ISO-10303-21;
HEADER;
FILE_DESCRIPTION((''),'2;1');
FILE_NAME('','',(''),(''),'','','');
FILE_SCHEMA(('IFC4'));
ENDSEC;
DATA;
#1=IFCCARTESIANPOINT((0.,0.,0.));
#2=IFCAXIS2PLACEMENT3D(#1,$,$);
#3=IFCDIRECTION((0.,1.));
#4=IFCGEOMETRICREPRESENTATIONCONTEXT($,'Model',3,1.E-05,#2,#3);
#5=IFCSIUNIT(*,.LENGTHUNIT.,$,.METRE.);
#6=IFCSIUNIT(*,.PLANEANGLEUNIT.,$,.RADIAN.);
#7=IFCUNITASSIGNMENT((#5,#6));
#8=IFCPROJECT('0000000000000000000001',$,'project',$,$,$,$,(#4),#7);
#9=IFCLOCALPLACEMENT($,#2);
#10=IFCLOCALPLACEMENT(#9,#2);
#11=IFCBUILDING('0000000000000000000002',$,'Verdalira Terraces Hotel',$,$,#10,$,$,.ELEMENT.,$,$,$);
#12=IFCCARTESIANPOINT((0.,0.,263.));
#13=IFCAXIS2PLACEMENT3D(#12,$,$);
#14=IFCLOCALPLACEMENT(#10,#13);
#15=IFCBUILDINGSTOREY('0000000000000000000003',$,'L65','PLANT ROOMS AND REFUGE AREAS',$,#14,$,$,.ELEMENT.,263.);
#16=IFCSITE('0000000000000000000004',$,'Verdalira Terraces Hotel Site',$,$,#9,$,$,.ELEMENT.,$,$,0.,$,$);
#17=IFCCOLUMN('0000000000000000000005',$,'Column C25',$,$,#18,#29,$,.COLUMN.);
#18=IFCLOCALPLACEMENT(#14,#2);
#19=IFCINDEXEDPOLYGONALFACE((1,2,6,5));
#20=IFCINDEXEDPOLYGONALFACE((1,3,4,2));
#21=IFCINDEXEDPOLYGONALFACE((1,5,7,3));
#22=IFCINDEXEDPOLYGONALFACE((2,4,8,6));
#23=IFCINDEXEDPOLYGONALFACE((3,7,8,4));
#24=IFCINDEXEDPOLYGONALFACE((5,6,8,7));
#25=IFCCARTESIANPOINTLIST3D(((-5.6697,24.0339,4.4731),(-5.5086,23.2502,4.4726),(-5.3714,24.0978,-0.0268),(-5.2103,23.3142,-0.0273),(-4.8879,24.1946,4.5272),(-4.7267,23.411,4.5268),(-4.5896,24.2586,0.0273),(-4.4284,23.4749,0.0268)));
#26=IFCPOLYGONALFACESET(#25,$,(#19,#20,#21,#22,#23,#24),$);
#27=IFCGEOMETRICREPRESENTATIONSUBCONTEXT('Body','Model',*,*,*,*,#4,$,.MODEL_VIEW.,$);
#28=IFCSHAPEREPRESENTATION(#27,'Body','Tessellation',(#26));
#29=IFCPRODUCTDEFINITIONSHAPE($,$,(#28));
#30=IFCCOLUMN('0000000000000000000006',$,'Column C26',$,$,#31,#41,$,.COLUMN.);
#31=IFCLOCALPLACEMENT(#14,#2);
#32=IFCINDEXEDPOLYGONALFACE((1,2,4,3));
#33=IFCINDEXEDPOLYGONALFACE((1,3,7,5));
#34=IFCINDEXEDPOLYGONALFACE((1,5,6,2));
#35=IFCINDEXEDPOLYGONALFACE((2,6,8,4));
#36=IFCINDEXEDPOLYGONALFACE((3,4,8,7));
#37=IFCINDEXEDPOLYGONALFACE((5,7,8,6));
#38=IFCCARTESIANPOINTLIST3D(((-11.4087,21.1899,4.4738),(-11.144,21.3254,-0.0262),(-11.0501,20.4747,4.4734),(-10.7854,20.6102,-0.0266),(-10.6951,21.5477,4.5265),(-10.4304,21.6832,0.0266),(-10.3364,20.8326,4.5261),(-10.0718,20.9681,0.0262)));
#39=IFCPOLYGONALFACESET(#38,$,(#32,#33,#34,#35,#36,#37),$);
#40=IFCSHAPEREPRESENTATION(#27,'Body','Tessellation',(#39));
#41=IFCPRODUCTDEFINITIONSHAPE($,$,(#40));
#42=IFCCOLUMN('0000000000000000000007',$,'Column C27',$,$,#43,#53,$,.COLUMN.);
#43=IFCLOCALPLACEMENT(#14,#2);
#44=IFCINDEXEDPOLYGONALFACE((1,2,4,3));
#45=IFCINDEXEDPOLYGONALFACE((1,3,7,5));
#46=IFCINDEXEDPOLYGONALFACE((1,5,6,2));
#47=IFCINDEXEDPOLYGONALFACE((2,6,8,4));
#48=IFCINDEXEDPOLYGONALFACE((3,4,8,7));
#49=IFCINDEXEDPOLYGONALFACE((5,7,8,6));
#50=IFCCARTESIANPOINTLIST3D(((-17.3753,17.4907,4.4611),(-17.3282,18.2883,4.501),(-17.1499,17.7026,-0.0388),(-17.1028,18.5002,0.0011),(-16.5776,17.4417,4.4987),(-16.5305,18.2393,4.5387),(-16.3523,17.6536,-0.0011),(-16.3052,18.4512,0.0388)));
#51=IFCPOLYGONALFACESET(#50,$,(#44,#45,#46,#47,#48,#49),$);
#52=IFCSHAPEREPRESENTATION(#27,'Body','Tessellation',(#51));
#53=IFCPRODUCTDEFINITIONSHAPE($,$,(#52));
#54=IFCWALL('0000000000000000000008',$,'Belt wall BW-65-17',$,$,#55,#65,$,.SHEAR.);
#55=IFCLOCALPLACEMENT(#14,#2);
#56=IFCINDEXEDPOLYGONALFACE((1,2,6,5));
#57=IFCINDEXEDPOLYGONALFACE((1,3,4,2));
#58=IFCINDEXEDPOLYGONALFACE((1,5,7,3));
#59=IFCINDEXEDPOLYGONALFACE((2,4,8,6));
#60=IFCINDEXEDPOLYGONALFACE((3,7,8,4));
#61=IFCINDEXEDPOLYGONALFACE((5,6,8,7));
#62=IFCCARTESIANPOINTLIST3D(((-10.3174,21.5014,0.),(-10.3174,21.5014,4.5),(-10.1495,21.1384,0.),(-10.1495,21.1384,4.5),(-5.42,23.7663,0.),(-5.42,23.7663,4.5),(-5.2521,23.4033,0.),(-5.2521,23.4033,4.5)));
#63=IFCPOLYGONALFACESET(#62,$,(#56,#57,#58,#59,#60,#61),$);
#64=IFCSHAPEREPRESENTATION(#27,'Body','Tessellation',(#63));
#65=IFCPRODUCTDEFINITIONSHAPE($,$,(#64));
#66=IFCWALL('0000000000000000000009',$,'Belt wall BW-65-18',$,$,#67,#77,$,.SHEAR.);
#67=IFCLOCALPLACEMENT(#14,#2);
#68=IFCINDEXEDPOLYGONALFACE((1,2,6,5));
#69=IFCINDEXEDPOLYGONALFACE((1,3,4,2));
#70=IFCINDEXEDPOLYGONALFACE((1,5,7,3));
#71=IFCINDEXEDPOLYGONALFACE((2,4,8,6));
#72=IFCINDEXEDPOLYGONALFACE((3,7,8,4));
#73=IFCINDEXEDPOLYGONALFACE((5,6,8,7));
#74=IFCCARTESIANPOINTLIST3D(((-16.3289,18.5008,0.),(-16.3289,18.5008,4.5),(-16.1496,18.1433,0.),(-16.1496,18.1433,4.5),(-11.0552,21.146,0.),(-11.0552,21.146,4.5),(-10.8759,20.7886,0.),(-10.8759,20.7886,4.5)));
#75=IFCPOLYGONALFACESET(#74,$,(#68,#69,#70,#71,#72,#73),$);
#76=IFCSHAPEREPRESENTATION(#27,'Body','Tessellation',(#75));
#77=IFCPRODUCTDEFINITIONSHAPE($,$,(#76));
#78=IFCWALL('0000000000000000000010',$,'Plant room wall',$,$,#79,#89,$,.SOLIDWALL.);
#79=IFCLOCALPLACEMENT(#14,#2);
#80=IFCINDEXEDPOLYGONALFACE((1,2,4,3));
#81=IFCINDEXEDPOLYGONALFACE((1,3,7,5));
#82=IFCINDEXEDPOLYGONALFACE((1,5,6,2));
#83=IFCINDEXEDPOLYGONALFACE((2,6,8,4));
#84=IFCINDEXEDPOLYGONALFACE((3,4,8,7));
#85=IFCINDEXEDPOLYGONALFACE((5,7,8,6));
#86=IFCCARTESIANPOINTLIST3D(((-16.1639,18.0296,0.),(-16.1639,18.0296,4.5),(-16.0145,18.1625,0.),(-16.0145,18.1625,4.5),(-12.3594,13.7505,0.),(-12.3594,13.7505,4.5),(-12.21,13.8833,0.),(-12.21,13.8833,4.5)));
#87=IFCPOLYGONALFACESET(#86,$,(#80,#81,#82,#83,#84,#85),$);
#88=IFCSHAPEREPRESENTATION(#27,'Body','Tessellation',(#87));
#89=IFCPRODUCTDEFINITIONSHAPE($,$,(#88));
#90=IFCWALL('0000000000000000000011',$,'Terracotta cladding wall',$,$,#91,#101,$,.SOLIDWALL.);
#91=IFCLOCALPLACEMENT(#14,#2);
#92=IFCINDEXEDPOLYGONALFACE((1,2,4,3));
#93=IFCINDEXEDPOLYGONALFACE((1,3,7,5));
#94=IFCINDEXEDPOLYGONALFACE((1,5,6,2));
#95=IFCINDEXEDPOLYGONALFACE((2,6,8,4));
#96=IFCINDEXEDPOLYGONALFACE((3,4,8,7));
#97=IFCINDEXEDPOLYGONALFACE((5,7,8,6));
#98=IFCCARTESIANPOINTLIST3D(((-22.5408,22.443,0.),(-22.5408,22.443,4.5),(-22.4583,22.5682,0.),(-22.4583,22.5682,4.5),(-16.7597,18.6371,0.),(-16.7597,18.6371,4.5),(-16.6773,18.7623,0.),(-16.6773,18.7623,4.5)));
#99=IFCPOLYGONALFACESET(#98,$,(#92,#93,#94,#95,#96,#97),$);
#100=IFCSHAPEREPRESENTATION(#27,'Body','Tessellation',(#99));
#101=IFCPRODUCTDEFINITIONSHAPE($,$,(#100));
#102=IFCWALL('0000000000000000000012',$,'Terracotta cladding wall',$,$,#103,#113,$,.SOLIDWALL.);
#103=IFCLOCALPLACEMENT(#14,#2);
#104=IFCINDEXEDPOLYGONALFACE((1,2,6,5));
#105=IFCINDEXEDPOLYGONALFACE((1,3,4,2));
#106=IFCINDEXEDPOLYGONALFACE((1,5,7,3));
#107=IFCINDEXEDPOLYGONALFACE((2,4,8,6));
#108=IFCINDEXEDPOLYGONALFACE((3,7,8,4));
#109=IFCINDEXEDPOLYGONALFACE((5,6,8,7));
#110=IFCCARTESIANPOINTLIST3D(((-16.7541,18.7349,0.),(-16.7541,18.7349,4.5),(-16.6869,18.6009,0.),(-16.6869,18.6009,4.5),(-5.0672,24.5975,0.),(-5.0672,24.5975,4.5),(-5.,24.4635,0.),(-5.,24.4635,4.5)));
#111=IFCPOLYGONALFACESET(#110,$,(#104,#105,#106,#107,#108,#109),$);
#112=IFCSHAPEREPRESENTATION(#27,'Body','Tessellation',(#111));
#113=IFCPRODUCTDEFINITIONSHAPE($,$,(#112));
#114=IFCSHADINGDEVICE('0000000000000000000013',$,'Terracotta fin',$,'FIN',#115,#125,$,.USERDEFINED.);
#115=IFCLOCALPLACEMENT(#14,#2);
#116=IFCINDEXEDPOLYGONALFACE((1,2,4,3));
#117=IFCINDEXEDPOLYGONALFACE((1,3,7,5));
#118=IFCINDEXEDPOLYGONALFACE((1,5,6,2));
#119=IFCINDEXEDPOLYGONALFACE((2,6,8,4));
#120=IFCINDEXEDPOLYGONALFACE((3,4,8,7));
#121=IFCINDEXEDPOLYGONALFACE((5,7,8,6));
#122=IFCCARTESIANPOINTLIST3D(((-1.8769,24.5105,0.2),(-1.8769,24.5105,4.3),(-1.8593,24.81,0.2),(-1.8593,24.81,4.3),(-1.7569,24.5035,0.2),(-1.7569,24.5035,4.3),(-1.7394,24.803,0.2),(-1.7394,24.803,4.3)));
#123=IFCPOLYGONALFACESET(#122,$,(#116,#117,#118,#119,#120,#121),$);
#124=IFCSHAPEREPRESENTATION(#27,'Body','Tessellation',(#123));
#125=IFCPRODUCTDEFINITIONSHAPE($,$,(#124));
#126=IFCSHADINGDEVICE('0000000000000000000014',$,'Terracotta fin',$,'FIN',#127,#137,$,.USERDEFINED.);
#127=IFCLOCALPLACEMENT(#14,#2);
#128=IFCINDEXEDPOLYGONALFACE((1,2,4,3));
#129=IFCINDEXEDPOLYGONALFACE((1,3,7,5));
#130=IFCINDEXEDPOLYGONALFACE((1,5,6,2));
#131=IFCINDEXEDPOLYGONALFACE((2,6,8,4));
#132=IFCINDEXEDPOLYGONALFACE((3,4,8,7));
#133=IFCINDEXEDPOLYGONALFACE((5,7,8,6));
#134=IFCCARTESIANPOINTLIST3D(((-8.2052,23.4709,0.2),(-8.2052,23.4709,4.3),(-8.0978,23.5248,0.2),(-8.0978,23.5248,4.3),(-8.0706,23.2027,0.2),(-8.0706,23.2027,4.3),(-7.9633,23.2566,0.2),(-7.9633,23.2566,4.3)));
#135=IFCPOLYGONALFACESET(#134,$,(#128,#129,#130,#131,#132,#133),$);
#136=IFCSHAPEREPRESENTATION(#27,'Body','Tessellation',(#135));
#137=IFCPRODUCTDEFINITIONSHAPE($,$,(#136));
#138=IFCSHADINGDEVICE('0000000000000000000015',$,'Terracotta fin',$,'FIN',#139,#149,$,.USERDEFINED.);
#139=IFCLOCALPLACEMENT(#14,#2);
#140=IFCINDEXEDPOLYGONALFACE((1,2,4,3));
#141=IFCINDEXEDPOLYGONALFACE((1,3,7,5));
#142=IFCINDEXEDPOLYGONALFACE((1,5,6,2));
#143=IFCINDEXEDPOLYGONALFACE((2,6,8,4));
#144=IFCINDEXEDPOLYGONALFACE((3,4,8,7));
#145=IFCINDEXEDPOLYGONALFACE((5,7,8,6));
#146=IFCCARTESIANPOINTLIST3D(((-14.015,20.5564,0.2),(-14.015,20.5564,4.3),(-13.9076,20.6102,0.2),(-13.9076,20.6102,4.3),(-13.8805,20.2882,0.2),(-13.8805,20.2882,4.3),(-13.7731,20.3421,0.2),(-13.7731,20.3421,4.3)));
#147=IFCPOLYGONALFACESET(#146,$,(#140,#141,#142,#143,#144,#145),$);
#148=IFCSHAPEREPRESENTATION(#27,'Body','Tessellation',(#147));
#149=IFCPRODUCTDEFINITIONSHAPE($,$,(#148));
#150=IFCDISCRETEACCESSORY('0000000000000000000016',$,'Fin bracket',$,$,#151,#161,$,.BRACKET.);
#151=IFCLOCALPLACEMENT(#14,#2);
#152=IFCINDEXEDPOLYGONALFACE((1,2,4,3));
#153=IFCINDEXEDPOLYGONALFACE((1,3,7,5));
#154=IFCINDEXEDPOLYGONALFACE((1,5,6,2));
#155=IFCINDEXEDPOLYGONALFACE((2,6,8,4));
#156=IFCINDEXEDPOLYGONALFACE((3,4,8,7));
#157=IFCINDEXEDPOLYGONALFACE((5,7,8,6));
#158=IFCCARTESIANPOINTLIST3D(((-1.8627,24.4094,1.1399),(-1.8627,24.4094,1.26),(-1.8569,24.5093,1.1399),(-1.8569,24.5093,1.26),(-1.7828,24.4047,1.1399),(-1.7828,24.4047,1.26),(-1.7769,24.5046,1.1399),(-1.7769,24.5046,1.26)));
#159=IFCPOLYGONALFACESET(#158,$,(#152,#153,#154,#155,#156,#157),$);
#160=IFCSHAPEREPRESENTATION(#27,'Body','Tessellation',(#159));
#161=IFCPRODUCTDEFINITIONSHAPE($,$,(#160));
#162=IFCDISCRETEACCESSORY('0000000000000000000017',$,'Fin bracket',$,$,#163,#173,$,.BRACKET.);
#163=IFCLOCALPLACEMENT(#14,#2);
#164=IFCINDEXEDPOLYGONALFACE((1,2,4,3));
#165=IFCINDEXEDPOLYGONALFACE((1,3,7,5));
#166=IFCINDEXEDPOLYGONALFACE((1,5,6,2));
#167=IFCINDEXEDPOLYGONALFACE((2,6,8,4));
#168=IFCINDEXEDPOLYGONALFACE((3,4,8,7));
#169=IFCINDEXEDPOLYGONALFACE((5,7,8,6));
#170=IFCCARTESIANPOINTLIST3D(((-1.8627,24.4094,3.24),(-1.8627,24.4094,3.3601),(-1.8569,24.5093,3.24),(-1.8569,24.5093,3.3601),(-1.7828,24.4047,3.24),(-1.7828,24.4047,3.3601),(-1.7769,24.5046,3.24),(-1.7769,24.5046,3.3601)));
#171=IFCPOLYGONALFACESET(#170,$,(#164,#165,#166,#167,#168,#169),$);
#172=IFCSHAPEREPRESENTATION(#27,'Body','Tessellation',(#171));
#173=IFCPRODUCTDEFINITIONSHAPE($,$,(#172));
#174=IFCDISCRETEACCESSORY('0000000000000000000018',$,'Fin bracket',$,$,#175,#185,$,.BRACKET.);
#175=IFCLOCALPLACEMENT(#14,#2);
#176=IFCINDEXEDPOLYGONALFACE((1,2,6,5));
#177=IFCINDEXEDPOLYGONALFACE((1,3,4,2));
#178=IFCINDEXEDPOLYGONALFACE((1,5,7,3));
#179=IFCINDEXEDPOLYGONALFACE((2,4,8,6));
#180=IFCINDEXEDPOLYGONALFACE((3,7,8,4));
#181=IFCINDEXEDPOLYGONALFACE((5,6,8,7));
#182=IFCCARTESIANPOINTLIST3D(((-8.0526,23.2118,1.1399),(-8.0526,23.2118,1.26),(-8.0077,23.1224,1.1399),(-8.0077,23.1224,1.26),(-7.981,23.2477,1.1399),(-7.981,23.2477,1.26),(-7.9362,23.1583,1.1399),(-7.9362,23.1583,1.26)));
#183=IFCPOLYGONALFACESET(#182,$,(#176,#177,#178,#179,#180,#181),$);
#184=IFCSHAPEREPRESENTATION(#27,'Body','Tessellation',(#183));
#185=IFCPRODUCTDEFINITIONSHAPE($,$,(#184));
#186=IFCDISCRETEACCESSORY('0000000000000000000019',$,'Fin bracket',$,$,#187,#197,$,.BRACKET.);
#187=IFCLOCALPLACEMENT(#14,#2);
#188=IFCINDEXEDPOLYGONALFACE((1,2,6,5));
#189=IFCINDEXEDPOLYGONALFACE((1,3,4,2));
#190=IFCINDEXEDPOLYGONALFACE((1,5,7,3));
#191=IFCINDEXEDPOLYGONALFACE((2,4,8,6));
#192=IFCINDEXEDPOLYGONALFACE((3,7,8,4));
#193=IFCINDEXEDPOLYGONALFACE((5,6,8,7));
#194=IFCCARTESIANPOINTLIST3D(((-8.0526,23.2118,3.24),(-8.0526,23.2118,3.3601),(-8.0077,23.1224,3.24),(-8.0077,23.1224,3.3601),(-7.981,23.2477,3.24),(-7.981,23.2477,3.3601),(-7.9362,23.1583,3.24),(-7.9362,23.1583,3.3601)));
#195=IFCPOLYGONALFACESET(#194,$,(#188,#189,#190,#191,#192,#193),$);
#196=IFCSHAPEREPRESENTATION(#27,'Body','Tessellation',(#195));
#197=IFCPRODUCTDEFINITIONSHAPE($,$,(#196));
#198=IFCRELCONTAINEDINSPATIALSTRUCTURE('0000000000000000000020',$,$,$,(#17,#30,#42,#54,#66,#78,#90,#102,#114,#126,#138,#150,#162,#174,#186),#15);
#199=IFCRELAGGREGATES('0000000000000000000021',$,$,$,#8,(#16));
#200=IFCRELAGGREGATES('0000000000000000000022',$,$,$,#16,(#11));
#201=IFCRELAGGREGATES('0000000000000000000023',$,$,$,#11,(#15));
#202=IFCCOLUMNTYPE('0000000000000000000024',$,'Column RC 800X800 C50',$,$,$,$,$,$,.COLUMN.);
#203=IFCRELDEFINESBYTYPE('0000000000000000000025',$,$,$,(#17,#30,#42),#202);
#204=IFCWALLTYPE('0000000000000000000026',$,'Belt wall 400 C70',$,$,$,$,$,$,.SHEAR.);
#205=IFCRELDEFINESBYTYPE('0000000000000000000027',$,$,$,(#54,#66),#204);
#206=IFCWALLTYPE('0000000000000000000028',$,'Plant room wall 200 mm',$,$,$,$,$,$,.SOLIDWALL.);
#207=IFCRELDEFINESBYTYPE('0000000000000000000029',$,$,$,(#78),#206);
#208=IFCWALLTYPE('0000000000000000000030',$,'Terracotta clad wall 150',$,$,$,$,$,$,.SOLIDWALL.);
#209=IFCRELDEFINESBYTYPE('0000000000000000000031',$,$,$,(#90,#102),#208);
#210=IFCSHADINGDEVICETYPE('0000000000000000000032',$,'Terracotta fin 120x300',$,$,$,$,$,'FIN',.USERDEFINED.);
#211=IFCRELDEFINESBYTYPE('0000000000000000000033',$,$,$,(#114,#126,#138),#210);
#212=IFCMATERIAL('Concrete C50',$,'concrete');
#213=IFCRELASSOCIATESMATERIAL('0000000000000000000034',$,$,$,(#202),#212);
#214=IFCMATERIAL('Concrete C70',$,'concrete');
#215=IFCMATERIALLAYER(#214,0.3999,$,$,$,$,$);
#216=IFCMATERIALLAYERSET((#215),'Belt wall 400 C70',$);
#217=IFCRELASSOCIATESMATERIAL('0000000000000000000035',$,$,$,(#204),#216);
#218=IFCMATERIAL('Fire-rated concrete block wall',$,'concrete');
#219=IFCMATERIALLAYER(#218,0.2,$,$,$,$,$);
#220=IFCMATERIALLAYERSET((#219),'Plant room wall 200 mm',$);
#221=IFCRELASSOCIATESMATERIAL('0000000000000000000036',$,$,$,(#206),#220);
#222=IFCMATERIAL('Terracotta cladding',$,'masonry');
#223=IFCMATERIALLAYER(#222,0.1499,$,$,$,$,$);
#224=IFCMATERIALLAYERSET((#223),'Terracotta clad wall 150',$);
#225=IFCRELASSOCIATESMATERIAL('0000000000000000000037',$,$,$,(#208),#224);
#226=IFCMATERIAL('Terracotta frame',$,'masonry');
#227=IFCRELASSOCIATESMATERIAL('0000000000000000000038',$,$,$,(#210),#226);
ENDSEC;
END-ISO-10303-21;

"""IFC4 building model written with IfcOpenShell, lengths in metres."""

from ifc_helpers import new_model, si_unit, direction, frame, frame_2d, origin, origin_2d, place, context, subcontext, project, spatial, rectangle, extrude, material, layer, layer_set, material_profile, profile_set, type_object, element, save


model = new_model("IFC4")

# Units and contexts
model_context = context("Model", 3, precision=1e-05, world=origin(), true_north=direction((0.0, 1.0)))
body_context = subcontext(model_context, "Body", "Model", "MODEL_VIEW")
ifc_project = project(units=[si_unit("LENGTHUNIT", "METRE"), si_unit("PLANEANGLEUNIT", "RADIAN")], contexts=[model_context])

# Site, building, storey
site_placement = place(None, origin())
site = spatial("IfcSite", under=ifc_project, at=site_placement, Name="Verdalira Terraces Hotel Site", CompositionType="ELEMENT", RefElevation=0.0)
building_placement = place(site_placement, origin())
building = spatial("IfcBuilding", under=site, at=building_placement, Name="Verdalira Terraces Hotel", CompositionType="ELEMENT")
storey_placement = place(building_placement, frame((0.0, 0.0, 263.0)))
storey = spatial("IfcBuildingStorey", under=building, at=storey_placement, Name="L65", Description="PLANT ROOMS AND REFUGE AREAS", CompositionType="ELEMENT", Elevation=263.0)

# Columns
ifc_material_1 = material(Name="Concrete C50", Category="concrete")
ifc_material_profile_1 = material_profile(ifc_material_1, rectangle(XDim=0.8, YDim=0.8, at=origin_2d()), Name="RC 800X800")
ifc_profile_set_1 = profile_set([ifc_material_profile_1], Name="Concrete C50")
column_type = type_object("IfcColumnType", Name="Column RC 800X800 C50", PredefinedType="COLUMN", material=ifc_profile_set_1)
column_1_placement = place(storey_placement, frame((-4.8999, 23.7864, 0.0), z_axis=(-0.066146, -0.014182, 0.997709), x_axis=(0.977265, 0.200941, 0.067647)))
element("IfcColumn", 1, at=column_1_placement, inside=storey, type_object=column_type, Name="Column C25", PredefinedType="COLUMN", context=body_context, shape_type="SweptSolid", body=[
    extrude(rectangle(XDim=0.8, YDim=0.8, at=origin_2d()), origin(), (0.0, 0.0, 1.0), 4.5103),
])
column_2_placement = place(storey_placement, frame((-10.6079, 21.1467, 0.0), z_axis=(-0.058683, -0.030045, 0.997824), x_axis=(-0.891975, -0.447253, -0.065925)))
element("IfcColumn", 2, at=column_2_placement, inside=storey, type_object=column_type, Name="Column C26", PredefinedType="COLUMN", context=body_context, shape_type="SweptSolid", body=[
    extrude(rectangle(XDim=0.8, YDim=0.8, at=origin_2d()), origin(), (0.0, 0.0, 1.0), 4.5098),
])
column_3_placement = place(storey_placement, frame((-16.7275, 18.0769, 0.0), z_axis=(-0.049958, -0.046981, 0.997646), x_axis=(0.997015, -0.061217, 0.047044)))
element("IfcColumn", 3, at=column_3_placement, inside=storey, type_object=column_type, Name="Column C27", PredefinedType="COLUMN", context=body_context, shape_type="SweptSolid", body=[
    extrude(rectangle(XDim=0.8, YDim=0.8, at=origin_2d()), origin(), (0.0, 0.0, 1.0), 4.5105),
])

# Walls
ifc_material_2 = material(Name="Concrete C70", Category="concrete")
ifc_layer_1 = layer(ifc_material_2, 0.3999)
ifc_layer_set_1 = layer_set([ifc_layer_1], Name="Belt wall 400 C70")
wall_type_1 = type_object("IfcWallType", Name="Belt wall 400 C70", PredefinedType="SHEAR", material=ifc_layer_set_1)
wall_1_placement = place(storey_placement, frame((-5.3362, 23.5847, 0.0), z_axis=(0.0, 0.0, 1.0), x_axis=(-0.90764, -0.41975, 0.0)))
element("IfcWall", 4, at=wall_1_placement, inside=storey, type_object=wall_type_1, Name="Belt wall BW-65-17", PredefinedType="SHEAR", context=body_context, shape_type="SweptSolid", body=[
    extrude(rectangle(XDim=5.3958, YDim=0.3999, at=frame_2d((2.6978, 0.0))), origin(), (0.0, 0.0, 1.0), 4.5),
])
wall_2_placement = place(storey_placement, frame((-10.9656, 20.9673, 0.0), z_axis=(0.0, 0.0, 1.0), x_axis=(-0.893855, -0.448355, 0.0)))
element("IfcWall", 5, at=wall_2_placement, inside=storey, type_object=wall_type_1, Name="Belt wall BW-65-18", PredefinedType="SHEAR", context=body_context, shape_type="SweptSolid", body=[
    extrude(rectangle(XDim=5.8999, YDim=0.3999, at=frame_2d((2.95, 0.0))), origin(), (0.0, 0.0, 1.0), 4.5),
])
ifc_material_3 = material(Name="Fire-rated concrete block wall", Category="concrete")
ifc_layer_2 = layer(ifc_material_3, 0.2)
ifc_layer_set_2 = layer_set([ifc_layer_2], Name="Plant room wall 200 mm")
wall_type_2 = type_object("IfcWallType", Name="Plant room wall 200 mm", PredefinedType="SOLIDWALL", material=ifc_layer_set_2)
wall_3_placement = place(storey_placement, frame((-16.0891, 18.0959, 0.0), z_axis=(0.0, 0.0, 1.0), x_axis=(0.664446, -0.747336, 0.0)))
element("IfcWall", 6, at=wall_3_placement, inside=storey, type_object=wall_type_2, Name="Plant room wall", PredefinedType="SOLIDWALL", context=body_context, shape_type="SweptSolid", body=[
    extrude(rectangle(XDim=5.7258, YDim=0.2, at=frame_2d((2.8628, 0.0))), origin(), (0.0, 0.0, 1.0), 4.5),
])
ifc_material_4 = material(Name="Terracotta cladding", Category="masonry")
ifc_layer_3 = layer(ifc_material_4, 0.1499)
ifc_layer_set_3 = layer_set([ifc_layer_3], Name="Terracotta clad wall 150")
wall_type_3 = type_object("IfcWallType", Name="Terracotta clad wall 150", PredefinedType="SOLIDWALL", material=ifc_layer_set_3)
wall_4_placement = place(storey_placement, frame((-16.7185, 18.6997, 0.0), z_axis=(0.0, 0.0, 1.0), x_axis=(-0.835244, 0.54988, 0.0)))
element("IfcWall", 7, at=wall_4_placement, inside=storey, type_object=wall_type_3, Name="Terracotta cladding wall", PredefinedType="SOLIDWALL", context=body_context, shape_type="SweptSolid", body=[
    extrude(rectangle(XDim=6.9214, YDim=0.1499, at=frame_2d((3.4607, 0.0))), origin(), (0.0, 0.0, 1.0), 4.5),
])
wall_5_placement = place(storey_placement, frame((-5.0334, 24.5305, 0.0), z_axis=(0.0, 0.0, 1.0), x_axis=(-0.893844, -0.448378, 0.0)))
element("IfcWall", 8, at=wall_5_placement, inside=storey, type_object=wall_type_3, Name="Terracotta cladding wall", PredefinedType="SOLIDWALL", context=body_context, shape_type="SweptSolid", body=[
    extrude(rectangle(XDim=13.075, YDim=0.1499, at=frame_2d((6.5376, 0.0))), origin(), (0.0, 0.0, 1.0), 4.5),
])

# Shading devices
ifc_material_5 = material(Name="Terracotta frame", Category="masonry")
ifc_material_profile_2 = material_profile(ifc_material_5, rectangle(XDim=0.1201, YDim=0.3, at=origin_2d()), Name="FIN 120x300")
ifc_profile_set_2 = profile_set([ifc_material_profile_2], Name="Terracotta frame")
shading_device_type = type_object("IfcShadingDeviceType", Name="Terracotta fin 120x300", ElementType="FIN", PredefinedType="USERDEFINED", material=ifc_profile_set_2)
for number, where, z_axis, x_axis, name in (
    (9, (-1.8081, 24.6567, 0.2), (0.0, 0.0, 1.0), (-0.998281, 0.058609, 0.0), "Terracotta fin"),
    (10, (-8.0842, 23.3638, 0.2), (0.0, 0.0, 1.0), (-0.893841, -0.448383, 0.0), "Terracotta fin"),
    (11, (-13.894, 20.4492, 0.2), (0.0, 0.0, 1.0), (-0.893841, -0.448383, 0.0), "Terracotta fin"),
):
    element("IfcShadingDevice", number, at=place(storey_placement, frame(where, z_axis=z_axis, x_axis=x_axis)), inside=storey, type_object=shading_device_type, Name=name, ObjectType="FIN", PredefinedType="USERDEFINED", context=body_context, shape_type="SweptSolid", body=[
        extrude(rectangle(XDim=0.1201, YDim=0.3, at=origin_2d()), origin(), (0.0, 0.0, 1.0), 4.1001),
    ])

# Discrete accessories
for number, where, z_axis, x_axis, name in (
    (12, (-1.8198, 24.457, 1.1399), (0.0, 0.0, 1.0), (-0.998281, 0.058609, 0.0), "Fin bracket"),
    (13, (-1.8198, 24.457, 3.24), (0.0, 0.0, 1.0), (-0.998281, 0.058609, 0.0), "Fin bracket"),
    (14, (-7.9944, 23.1851, 1.1399), (0.0, 0.0, 1.0), (-0.893841, -0.448383, 0.0), "Fin bracket"),
    (15, (-7.9944, 23.1851, 3.24), (0.0, 0.0, 1.0), (-0.893841, -0.448383, 0.0), "Fin bracket"),
):
    element("IfcDiscreteAccessory", number, at=place(storey_placement, frame(where, z_axis=z_axis, x_axis=x_axis)), inside=storey, Name=name, PredefinedType="BRACKET", context=body_context, shape_type="SweptSolid", body=[
        extrude(rectangle(XDim=0.0801, YDim=0.1001, at=origin_2d()), origin(), (0.0, 0.0, 1.0), 0.1201),
    ])

save(model, "model.ifc")
